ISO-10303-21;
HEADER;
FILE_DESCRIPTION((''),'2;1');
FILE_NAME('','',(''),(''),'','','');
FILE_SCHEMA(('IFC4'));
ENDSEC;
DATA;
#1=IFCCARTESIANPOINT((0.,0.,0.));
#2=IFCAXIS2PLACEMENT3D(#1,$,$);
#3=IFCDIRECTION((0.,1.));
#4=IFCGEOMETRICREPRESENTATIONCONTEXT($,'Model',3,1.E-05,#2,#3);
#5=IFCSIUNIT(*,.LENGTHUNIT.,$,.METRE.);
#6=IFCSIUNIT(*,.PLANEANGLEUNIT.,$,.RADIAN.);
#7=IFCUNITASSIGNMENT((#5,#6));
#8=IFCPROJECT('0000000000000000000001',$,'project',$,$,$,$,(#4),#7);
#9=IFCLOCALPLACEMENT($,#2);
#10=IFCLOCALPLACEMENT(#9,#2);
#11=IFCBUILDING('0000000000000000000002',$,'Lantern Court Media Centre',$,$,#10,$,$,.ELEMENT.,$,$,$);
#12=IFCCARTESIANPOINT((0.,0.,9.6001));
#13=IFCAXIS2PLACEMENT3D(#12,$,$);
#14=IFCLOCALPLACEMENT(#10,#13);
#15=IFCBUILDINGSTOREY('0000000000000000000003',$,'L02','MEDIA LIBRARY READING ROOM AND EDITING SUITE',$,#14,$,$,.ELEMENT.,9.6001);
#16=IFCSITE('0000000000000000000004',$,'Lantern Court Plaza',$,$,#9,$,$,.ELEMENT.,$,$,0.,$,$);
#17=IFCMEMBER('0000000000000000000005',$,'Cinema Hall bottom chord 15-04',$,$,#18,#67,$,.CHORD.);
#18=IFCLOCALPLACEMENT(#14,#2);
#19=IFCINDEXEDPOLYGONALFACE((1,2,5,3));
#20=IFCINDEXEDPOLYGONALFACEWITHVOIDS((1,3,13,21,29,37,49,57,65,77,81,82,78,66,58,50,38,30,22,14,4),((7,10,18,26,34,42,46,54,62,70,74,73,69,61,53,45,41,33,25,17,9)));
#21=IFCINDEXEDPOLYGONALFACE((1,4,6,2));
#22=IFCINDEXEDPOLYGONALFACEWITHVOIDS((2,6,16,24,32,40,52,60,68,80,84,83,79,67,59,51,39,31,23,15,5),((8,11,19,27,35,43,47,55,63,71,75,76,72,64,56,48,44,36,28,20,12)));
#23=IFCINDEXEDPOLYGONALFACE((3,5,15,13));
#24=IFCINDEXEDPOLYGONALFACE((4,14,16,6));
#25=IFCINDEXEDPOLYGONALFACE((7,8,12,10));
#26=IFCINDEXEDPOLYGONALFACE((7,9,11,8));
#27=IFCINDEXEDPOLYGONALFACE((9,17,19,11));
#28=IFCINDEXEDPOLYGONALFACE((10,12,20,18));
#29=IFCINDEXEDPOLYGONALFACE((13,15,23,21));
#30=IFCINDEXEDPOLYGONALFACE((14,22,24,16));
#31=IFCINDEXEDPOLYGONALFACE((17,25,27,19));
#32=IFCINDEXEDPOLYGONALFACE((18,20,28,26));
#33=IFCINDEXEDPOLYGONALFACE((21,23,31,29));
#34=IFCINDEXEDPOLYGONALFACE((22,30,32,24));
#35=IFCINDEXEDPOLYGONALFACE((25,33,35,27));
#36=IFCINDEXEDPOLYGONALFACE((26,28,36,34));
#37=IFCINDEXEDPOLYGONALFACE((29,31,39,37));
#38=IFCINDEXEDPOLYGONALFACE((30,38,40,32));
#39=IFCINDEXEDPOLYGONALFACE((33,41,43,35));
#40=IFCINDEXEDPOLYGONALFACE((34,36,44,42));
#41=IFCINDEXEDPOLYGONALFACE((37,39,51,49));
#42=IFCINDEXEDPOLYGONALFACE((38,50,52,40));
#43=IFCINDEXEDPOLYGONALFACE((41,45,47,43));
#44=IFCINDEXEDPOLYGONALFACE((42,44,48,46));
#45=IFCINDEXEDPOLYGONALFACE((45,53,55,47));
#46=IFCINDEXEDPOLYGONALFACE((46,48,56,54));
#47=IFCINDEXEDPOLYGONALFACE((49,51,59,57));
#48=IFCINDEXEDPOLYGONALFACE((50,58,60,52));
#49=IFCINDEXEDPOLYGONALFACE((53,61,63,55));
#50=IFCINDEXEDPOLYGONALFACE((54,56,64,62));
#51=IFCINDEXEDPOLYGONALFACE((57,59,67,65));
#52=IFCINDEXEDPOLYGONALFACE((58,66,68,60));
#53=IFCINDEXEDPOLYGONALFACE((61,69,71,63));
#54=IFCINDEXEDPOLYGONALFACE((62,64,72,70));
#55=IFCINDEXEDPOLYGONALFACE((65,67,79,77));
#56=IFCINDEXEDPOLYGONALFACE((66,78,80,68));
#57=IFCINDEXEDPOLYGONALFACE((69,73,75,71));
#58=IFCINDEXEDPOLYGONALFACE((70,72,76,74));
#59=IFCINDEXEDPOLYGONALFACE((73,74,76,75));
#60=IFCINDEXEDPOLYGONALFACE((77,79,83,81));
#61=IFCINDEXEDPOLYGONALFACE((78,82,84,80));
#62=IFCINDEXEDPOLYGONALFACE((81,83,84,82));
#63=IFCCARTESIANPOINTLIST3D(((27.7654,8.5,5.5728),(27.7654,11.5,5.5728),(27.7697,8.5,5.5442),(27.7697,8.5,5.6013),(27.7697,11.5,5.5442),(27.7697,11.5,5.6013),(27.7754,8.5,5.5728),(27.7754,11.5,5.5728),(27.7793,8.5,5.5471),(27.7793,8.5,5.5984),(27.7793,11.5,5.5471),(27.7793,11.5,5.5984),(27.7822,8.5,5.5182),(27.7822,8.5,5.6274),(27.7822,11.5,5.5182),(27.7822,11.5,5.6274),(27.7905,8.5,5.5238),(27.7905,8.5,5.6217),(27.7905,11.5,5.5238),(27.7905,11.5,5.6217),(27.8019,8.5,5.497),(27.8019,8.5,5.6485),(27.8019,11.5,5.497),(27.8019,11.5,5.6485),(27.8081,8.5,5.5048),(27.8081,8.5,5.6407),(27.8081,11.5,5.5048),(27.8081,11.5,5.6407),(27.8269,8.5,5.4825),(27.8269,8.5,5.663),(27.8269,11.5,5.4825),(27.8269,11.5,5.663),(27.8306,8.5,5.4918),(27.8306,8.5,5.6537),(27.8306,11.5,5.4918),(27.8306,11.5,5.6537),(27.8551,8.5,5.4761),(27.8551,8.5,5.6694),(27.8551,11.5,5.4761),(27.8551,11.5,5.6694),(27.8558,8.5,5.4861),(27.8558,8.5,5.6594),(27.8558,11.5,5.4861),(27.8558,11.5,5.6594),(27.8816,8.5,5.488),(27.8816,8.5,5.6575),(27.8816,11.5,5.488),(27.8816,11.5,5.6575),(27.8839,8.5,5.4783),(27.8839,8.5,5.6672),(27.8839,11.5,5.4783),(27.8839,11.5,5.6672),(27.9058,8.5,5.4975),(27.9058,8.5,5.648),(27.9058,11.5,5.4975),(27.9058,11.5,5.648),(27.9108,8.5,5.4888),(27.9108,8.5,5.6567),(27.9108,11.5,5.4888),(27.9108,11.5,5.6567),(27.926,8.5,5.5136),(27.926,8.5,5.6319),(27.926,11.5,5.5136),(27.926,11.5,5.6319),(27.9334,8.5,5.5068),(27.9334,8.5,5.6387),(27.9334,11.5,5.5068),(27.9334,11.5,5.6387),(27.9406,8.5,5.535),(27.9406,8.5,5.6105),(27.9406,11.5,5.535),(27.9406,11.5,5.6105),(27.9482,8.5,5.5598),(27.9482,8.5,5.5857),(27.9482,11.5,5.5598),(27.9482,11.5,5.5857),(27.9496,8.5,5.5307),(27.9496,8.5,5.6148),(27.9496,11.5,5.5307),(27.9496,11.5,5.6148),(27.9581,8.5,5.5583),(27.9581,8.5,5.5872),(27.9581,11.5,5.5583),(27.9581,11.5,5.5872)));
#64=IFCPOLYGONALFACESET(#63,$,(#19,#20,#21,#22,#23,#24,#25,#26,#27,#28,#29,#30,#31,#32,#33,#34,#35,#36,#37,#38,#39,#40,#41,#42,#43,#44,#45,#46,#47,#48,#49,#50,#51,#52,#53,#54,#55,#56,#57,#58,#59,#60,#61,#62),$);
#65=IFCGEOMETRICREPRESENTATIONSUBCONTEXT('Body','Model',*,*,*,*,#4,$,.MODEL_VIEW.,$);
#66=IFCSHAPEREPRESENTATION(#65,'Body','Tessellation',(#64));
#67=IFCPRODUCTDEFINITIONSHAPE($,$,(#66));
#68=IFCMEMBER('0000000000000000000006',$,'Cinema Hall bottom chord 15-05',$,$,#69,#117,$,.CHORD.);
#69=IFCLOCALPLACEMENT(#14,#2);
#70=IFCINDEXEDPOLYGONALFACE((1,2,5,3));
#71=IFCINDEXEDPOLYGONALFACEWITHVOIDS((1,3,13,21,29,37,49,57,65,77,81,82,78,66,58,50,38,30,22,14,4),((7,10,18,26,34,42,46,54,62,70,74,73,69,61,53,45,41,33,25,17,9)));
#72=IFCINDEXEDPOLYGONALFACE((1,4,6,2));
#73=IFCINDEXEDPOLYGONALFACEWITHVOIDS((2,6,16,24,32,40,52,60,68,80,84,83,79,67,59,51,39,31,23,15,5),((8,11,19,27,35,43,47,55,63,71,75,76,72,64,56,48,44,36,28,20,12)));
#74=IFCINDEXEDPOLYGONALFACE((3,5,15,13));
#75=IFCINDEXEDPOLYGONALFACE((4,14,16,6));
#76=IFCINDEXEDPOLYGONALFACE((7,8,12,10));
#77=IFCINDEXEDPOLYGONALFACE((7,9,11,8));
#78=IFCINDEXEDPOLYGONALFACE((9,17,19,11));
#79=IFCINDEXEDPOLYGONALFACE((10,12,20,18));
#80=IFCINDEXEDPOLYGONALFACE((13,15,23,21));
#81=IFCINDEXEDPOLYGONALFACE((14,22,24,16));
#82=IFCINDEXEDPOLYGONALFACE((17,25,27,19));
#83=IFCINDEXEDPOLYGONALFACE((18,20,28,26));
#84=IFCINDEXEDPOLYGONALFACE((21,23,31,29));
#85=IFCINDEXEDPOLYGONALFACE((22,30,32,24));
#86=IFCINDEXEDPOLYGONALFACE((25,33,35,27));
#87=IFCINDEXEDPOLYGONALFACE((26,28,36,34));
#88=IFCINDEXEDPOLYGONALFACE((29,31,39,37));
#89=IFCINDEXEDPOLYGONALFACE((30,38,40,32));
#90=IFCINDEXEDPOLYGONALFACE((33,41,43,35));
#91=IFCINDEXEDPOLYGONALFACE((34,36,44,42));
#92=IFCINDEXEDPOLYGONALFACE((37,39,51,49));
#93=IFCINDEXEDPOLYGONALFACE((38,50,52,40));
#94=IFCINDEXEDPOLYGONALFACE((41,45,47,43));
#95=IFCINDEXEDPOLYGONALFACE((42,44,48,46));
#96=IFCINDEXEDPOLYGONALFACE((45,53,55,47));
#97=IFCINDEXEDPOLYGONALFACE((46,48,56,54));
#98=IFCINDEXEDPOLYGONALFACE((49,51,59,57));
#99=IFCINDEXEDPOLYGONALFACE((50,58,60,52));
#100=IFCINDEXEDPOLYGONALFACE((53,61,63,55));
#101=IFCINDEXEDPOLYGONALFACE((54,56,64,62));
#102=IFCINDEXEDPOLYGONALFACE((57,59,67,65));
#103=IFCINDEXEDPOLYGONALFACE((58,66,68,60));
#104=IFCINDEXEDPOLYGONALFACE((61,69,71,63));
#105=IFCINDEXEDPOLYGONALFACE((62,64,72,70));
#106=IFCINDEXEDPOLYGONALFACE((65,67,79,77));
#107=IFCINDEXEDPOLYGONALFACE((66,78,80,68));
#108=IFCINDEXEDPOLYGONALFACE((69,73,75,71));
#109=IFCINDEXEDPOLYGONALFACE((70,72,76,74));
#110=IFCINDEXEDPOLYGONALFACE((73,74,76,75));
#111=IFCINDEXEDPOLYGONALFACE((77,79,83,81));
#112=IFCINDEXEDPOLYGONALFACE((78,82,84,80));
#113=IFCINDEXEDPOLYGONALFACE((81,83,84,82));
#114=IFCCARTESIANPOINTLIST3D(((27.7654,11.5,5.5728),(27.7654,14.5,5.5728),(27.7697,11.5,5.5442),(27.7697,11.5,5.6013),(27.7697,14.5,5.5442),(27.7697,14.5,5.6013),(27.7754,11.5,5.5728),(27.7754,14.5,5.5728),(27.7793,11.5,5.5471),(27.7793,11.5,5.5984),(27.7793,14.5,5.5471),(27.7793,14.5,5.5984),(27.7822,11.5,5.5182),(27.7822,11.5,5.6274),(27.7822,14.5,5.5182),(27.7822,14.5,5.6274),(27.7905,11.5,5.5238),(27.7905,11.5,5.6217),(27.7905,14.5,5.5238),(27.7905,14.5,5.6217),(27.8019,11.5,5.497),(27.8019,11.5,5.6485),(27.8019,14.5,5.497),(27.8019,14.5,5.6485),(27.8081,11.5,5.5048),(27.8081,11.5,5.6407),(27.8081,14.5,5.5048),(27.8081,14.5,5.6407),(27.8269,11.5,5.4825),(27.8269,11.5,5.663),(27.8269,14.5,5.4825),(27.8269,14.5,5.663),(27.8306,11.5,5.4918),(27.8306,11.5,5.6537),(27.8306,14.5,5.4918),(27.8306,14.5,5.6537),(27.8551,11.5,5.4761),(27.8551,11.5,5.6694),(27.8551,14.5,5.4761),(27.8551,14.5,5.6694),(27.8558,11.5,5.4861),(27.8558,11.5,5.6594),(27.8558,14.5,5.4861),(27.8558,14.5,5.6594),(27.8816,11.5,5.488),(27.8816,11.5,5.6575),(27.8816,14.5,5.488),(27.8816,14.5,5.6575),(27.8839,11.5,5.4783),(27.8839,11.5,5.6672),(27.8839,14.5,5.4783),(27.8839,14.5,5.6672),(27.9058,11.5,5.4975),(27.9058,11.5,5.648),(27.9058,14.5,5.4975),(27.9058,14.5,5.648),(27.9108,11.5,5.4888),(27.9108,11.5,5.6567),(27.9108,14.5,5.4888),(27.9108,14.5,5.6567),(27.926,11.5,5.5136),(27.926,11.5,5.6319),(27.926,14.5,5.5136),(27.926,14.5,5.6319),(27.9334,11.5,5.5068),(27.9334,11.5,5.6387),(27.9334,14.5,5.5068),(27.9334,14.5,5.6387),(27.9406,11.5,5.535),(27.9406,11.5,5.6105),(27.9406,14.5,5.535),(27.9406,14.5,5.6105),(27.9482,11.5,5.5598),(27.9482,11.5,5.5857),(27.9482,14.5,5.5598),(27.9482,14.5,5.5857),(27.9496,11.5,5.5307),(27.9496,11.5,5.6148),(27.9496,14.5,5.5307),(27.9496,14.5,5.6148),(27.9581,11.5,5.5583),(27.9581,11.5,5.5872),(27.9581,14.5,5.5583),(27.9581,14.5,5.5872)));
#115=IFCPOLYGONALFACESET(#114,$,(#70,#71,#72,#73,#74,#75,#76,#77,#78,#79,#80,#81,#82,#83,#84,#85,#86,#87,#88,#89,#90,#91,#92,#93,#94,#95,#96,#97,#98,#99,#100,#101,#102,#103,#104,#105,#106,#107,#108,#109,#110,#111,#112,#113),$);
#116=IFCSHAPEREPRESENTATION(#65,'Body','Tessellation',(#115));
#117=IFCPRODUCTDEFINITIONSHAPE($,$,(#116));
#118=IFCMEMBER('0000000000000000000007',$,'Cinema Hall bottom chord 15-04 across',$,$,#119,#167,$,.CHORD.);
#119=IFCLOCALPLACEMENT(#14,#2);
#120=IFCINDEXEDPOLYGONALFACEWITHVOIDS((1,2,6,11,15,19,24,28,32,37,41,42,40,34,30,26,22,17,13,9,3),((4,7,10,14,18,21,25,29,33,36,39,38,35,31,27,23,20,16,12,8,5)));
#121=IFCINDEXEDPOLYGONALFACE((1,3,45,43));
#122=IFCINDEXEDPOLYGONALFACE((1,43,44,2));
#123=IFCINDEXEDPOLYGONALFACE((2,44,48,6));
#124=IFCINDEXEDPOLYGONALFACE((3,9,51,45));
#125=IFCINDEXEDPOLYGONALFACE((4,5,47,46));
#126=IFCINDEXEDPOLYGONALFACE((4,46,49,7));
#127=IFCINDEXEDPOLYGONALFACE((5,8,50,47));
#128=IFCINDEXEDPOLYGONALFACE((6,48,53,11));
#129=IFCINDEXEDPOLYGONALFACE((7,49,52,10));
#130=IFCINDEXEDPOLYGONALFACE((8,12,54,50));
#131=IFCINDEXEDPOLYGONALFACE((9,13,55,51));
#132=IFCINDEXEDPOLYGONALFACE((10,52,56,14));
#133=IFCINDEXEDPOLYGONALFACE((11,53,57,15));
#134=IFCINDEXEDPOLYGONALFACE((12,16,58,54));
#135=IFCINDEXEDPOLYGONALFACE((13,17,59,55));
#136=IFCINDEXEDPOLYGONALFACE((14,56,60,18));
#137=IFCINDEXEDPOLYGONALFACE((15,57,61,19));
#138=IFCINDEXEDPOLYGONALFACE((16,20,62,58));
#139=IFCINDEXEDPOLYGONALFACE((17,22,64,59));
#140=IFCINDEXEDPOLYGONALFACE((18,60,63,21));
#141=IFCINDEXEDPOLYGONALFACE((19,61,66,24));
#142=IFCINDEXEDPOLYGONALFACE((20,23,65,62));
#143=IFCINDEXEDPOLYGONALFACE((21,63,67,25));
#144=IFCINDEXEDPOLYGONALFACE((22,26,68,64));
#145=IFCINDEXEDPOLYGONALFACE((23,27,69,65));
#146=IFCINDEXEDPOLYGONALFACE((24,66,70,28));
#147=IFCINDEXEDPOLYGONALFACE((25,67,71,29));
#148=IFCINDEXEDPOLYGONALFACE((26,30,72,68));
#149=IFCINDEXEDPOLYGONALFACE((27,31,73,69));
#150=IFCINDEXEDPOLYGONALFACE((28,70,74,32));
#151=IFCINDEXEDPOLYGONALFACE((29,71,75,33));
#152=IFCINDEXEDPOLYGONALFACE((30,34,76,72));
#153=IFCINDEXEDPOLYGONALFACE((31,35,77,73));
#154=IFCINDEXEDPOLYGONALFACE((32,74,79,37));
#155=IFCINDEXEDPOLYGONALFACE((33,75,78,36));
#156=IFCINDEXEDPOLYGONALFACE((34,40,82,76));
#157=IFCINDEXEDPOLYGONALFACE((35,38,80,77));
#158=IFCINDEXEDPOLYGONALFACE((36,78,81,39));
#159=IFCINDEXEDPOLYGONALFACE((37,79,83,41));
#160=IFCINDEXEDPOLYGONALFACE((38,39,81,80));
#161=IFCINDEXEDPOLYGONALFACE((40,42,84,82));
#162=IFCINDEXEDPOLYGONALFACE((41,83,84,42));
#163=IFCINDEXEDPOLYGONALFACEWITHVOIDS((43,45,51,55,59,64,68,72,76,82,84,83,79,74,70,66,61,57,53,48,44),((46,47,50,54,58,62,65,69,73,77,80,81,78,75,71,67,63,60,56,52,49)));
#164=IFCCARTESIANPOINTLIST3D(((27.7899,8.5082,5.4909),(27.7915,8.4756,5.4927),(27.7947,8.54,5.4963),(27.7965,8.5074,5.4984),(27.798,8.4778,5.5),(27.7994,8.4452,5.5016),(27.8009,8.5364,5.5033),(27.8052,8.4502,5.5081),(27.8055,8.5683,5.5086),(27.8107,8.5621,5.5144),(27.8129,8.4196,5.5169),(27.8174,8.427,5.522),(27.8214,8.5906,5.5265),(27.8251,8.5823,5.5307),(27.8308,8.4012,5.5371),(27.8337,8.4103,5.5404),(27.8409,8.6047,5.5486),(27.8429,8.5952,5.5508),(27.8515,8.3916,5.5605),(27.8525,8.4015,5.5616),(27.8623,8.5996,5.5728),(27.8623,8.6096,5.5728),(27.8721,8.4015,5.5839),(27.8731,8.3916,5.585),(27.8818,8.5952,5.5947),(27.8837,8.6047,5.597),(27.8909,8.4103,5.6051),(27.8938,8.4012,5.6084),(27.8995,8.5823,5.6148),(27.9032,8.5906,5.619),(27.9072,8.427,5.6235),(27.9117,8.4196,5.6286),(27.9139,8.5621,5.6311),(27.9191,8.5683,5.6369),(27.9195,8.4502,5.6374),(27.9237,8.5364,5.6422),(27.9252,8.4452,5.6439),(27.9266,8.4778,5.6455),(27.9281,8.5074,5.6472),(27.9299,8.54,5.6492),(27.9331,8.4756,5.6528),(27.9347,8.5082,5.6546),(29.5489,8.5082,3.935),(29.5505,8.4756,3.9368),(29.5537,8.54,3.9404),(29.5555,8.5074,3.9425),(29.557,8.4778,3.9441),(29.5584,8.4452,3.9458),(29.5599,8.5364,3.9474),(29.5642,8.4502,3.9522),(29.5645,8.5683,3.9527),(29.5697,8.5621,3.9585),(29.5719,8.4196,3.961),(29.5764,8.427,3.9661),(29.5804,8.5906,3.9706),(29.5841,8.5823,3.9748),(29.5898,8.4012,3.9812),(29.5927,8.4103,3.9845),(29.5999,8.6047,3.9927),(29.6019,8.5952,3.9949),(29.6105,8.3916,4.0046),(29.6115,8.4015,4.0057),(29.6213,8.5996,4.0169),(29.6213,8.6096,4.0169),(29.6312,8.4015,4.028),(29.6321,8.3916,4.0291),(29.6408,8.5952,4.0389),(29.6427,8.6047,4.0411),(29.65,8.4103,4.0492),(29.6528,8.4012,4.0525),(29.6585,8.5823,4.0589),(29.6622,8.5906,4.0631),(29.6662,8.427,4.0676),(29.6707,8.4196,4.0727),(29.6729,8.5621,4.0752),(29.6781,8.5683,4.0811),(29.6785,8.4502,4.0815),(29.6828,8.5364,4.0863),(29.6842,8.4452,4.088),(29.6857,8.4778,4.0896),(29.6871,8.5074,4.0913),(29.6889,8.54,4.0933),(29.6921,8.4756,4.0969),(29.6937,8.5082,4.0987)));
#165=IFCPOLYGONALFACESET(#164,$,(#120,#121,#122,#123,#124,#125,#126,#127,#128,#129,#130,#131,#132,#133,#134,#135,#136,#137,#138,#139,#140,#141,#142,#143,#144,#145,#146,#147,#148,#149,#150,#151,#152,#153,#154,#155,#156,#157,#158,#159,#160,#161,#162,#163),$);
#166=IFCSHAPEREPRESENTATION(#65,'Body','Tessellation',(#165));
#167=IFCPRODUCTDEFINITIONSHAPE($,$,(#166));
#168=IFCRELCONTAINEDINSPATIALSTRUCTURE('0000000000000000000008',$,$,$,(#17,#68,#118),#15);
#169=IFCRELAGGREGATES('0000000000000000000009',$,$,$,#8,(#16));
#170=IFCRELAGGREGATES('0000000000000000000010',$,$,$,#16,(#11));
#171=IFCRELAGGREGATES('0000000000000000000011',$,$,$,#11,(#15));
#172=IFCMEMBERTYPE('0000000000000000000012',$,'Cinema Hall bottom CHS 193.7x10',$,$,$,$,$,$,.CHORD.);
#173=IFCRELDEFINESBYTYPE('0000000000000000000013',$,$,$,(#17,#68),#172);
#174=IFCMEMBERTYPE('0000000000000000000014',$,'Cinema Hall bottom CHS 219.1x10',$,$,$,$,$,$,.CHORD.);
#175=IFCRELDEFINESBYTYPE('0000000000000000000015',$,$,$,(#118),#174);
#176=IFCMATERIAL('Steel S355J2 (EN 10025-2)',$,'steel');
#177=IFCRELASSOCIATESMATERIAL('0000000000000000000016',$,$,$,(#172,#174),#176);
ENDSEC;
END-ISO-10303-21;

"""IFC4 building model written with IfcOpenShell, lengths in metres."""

from ifc_helpers import new_model, si_unit, direction, frame, origin, origin_2d, place, context, subcontext, project, spatial, hollow_circle, extrude, material, material_profile, profile_set, type_object, element, save


model = new_model("IFC4")

# Units and contexts
model_context = context("Model", 3, precision=1e-05, world=origin(), true_north=direction((0.0, 1.0)))
body_context = subcontext(model_context, "Body", "Model", "MODEL_VIEW")
ifc_project = project(units=[si_unit("LENGTHUNIT", "METRE"), si_unit("PLANEANGLEUNIT", "RADIAN")], contexts=[model_context])

# Site, building, storey
site_placement = place(None, origin())
site = spatial("IfcSite", under=ifc_project, at=site_placement, Name="Lantern Court Plaza", CompositionType="ELEMENT", RefElevation=0.0)
building_placement = place(site_placement, origin())
building = spatial("IfcBuilding", under=site, at=building_placement, Name="Lantern Court Media Centre", CompositionType="ELEMENT")
storey_placement = place(building_placement, frame((0.0, 0.0, 9.6001)))
storey = spatial("IfcBuildingStorey", under=building, at=storey_placement, Name="L02", Description="MEDIA LIBRARY READING ROOM AND EDITING SUITE", CompositionType="ELEMENT", Elevation=9.6001)

# Members
ifc_material = material(Name="Steel S355J2 (EN 10025-2)", Category="steel")
ifc_material_profile_1 = material_profile(ifc_material, hollow_circle(Radius=0.0969, WallThickness=0.01, at=origin_2d()), Name="Cinema Hall bottom CHS 193.7x10")
ifc_profile_set_1 = profile_set([ifc_material_profile_1], Name="Steel S355J2 (EN 10025-2)")
member_type_1 = type_object("IfcMemberType", Name="Cinema Hall bottom CHS 193.7x10", PredefinedType="CHORD", material=ifc_profile_set_1)
for number, where, z_axis, x_axis, name in (
    (1, (27.8623, 8.5, 5.5728), (0.0, 1.0, 0.0), (-1.0, 0.0, 0.0), "Cinema Hall bottom chord 15-04"),
    (2, (27.8623, 11.5, 5.5728), (0.0, 1.0, 0.0), (-1.0, 0.0, 0.0), "Cinema Hall bottom chord 15-05"),
):
    element("IfcMember", number, at=place(storey_placement, frame(where, z_axis=z_axis, x_axis=x_axis)), inside=storey, type_object=member_type_1, Name=name, PredefinedType="CHORD", context=body_context, shape_type="SweptSolid", body=[
        extrude(hollow_circle(Radius=0.0969, WallThickness=0.01, at=origin_2d()), origin(), (0.0, 0.0, 1.0), 3.0),
    ])
ifc_material_profile_2 = material_profile(ifc_material, hollow_circle(Radius=0.1096, WallThickness=0.01, at=origin_2d()), Name="Cinema Hall bottom CHS 219.1x10")
ifc_profile_set_2 = profile_set([ifc_material_profile_2], Name="Steel S355J2 (EN 10025-2)")
member_type_2 = type_object("IfcMemberType", Name="Cinema Hall bottom CHS 219.1x10", PredefinedType="CHORD", material=ifc_profile_set_2)
for number, where, z_axis, x_axis, name in (
    (3, (27.8623, 8.5, 5.5728), (0.74903, 0.0, -0.662536), (0.0, 1.0, 0.0), "Cinema Hall bottom chord 15-04 across"),
):
    element("IfcMember", number, at=place(storey_placement, frame(where, z_axis=z_axis, x_axis=x_axis)), inside=storey, type_object=member_type_2, Name=name, PredefinedType="CHORD", context=body_context, shape_type="SweptSolid", body=[
        extrude(hollow_circle(Radius=0.1096, WallThickness=0.01, at=origin_2d()), origin(), (0.0, 0.0, 1.0), 2.3484),
    ])

save(model, "model.ifc")
